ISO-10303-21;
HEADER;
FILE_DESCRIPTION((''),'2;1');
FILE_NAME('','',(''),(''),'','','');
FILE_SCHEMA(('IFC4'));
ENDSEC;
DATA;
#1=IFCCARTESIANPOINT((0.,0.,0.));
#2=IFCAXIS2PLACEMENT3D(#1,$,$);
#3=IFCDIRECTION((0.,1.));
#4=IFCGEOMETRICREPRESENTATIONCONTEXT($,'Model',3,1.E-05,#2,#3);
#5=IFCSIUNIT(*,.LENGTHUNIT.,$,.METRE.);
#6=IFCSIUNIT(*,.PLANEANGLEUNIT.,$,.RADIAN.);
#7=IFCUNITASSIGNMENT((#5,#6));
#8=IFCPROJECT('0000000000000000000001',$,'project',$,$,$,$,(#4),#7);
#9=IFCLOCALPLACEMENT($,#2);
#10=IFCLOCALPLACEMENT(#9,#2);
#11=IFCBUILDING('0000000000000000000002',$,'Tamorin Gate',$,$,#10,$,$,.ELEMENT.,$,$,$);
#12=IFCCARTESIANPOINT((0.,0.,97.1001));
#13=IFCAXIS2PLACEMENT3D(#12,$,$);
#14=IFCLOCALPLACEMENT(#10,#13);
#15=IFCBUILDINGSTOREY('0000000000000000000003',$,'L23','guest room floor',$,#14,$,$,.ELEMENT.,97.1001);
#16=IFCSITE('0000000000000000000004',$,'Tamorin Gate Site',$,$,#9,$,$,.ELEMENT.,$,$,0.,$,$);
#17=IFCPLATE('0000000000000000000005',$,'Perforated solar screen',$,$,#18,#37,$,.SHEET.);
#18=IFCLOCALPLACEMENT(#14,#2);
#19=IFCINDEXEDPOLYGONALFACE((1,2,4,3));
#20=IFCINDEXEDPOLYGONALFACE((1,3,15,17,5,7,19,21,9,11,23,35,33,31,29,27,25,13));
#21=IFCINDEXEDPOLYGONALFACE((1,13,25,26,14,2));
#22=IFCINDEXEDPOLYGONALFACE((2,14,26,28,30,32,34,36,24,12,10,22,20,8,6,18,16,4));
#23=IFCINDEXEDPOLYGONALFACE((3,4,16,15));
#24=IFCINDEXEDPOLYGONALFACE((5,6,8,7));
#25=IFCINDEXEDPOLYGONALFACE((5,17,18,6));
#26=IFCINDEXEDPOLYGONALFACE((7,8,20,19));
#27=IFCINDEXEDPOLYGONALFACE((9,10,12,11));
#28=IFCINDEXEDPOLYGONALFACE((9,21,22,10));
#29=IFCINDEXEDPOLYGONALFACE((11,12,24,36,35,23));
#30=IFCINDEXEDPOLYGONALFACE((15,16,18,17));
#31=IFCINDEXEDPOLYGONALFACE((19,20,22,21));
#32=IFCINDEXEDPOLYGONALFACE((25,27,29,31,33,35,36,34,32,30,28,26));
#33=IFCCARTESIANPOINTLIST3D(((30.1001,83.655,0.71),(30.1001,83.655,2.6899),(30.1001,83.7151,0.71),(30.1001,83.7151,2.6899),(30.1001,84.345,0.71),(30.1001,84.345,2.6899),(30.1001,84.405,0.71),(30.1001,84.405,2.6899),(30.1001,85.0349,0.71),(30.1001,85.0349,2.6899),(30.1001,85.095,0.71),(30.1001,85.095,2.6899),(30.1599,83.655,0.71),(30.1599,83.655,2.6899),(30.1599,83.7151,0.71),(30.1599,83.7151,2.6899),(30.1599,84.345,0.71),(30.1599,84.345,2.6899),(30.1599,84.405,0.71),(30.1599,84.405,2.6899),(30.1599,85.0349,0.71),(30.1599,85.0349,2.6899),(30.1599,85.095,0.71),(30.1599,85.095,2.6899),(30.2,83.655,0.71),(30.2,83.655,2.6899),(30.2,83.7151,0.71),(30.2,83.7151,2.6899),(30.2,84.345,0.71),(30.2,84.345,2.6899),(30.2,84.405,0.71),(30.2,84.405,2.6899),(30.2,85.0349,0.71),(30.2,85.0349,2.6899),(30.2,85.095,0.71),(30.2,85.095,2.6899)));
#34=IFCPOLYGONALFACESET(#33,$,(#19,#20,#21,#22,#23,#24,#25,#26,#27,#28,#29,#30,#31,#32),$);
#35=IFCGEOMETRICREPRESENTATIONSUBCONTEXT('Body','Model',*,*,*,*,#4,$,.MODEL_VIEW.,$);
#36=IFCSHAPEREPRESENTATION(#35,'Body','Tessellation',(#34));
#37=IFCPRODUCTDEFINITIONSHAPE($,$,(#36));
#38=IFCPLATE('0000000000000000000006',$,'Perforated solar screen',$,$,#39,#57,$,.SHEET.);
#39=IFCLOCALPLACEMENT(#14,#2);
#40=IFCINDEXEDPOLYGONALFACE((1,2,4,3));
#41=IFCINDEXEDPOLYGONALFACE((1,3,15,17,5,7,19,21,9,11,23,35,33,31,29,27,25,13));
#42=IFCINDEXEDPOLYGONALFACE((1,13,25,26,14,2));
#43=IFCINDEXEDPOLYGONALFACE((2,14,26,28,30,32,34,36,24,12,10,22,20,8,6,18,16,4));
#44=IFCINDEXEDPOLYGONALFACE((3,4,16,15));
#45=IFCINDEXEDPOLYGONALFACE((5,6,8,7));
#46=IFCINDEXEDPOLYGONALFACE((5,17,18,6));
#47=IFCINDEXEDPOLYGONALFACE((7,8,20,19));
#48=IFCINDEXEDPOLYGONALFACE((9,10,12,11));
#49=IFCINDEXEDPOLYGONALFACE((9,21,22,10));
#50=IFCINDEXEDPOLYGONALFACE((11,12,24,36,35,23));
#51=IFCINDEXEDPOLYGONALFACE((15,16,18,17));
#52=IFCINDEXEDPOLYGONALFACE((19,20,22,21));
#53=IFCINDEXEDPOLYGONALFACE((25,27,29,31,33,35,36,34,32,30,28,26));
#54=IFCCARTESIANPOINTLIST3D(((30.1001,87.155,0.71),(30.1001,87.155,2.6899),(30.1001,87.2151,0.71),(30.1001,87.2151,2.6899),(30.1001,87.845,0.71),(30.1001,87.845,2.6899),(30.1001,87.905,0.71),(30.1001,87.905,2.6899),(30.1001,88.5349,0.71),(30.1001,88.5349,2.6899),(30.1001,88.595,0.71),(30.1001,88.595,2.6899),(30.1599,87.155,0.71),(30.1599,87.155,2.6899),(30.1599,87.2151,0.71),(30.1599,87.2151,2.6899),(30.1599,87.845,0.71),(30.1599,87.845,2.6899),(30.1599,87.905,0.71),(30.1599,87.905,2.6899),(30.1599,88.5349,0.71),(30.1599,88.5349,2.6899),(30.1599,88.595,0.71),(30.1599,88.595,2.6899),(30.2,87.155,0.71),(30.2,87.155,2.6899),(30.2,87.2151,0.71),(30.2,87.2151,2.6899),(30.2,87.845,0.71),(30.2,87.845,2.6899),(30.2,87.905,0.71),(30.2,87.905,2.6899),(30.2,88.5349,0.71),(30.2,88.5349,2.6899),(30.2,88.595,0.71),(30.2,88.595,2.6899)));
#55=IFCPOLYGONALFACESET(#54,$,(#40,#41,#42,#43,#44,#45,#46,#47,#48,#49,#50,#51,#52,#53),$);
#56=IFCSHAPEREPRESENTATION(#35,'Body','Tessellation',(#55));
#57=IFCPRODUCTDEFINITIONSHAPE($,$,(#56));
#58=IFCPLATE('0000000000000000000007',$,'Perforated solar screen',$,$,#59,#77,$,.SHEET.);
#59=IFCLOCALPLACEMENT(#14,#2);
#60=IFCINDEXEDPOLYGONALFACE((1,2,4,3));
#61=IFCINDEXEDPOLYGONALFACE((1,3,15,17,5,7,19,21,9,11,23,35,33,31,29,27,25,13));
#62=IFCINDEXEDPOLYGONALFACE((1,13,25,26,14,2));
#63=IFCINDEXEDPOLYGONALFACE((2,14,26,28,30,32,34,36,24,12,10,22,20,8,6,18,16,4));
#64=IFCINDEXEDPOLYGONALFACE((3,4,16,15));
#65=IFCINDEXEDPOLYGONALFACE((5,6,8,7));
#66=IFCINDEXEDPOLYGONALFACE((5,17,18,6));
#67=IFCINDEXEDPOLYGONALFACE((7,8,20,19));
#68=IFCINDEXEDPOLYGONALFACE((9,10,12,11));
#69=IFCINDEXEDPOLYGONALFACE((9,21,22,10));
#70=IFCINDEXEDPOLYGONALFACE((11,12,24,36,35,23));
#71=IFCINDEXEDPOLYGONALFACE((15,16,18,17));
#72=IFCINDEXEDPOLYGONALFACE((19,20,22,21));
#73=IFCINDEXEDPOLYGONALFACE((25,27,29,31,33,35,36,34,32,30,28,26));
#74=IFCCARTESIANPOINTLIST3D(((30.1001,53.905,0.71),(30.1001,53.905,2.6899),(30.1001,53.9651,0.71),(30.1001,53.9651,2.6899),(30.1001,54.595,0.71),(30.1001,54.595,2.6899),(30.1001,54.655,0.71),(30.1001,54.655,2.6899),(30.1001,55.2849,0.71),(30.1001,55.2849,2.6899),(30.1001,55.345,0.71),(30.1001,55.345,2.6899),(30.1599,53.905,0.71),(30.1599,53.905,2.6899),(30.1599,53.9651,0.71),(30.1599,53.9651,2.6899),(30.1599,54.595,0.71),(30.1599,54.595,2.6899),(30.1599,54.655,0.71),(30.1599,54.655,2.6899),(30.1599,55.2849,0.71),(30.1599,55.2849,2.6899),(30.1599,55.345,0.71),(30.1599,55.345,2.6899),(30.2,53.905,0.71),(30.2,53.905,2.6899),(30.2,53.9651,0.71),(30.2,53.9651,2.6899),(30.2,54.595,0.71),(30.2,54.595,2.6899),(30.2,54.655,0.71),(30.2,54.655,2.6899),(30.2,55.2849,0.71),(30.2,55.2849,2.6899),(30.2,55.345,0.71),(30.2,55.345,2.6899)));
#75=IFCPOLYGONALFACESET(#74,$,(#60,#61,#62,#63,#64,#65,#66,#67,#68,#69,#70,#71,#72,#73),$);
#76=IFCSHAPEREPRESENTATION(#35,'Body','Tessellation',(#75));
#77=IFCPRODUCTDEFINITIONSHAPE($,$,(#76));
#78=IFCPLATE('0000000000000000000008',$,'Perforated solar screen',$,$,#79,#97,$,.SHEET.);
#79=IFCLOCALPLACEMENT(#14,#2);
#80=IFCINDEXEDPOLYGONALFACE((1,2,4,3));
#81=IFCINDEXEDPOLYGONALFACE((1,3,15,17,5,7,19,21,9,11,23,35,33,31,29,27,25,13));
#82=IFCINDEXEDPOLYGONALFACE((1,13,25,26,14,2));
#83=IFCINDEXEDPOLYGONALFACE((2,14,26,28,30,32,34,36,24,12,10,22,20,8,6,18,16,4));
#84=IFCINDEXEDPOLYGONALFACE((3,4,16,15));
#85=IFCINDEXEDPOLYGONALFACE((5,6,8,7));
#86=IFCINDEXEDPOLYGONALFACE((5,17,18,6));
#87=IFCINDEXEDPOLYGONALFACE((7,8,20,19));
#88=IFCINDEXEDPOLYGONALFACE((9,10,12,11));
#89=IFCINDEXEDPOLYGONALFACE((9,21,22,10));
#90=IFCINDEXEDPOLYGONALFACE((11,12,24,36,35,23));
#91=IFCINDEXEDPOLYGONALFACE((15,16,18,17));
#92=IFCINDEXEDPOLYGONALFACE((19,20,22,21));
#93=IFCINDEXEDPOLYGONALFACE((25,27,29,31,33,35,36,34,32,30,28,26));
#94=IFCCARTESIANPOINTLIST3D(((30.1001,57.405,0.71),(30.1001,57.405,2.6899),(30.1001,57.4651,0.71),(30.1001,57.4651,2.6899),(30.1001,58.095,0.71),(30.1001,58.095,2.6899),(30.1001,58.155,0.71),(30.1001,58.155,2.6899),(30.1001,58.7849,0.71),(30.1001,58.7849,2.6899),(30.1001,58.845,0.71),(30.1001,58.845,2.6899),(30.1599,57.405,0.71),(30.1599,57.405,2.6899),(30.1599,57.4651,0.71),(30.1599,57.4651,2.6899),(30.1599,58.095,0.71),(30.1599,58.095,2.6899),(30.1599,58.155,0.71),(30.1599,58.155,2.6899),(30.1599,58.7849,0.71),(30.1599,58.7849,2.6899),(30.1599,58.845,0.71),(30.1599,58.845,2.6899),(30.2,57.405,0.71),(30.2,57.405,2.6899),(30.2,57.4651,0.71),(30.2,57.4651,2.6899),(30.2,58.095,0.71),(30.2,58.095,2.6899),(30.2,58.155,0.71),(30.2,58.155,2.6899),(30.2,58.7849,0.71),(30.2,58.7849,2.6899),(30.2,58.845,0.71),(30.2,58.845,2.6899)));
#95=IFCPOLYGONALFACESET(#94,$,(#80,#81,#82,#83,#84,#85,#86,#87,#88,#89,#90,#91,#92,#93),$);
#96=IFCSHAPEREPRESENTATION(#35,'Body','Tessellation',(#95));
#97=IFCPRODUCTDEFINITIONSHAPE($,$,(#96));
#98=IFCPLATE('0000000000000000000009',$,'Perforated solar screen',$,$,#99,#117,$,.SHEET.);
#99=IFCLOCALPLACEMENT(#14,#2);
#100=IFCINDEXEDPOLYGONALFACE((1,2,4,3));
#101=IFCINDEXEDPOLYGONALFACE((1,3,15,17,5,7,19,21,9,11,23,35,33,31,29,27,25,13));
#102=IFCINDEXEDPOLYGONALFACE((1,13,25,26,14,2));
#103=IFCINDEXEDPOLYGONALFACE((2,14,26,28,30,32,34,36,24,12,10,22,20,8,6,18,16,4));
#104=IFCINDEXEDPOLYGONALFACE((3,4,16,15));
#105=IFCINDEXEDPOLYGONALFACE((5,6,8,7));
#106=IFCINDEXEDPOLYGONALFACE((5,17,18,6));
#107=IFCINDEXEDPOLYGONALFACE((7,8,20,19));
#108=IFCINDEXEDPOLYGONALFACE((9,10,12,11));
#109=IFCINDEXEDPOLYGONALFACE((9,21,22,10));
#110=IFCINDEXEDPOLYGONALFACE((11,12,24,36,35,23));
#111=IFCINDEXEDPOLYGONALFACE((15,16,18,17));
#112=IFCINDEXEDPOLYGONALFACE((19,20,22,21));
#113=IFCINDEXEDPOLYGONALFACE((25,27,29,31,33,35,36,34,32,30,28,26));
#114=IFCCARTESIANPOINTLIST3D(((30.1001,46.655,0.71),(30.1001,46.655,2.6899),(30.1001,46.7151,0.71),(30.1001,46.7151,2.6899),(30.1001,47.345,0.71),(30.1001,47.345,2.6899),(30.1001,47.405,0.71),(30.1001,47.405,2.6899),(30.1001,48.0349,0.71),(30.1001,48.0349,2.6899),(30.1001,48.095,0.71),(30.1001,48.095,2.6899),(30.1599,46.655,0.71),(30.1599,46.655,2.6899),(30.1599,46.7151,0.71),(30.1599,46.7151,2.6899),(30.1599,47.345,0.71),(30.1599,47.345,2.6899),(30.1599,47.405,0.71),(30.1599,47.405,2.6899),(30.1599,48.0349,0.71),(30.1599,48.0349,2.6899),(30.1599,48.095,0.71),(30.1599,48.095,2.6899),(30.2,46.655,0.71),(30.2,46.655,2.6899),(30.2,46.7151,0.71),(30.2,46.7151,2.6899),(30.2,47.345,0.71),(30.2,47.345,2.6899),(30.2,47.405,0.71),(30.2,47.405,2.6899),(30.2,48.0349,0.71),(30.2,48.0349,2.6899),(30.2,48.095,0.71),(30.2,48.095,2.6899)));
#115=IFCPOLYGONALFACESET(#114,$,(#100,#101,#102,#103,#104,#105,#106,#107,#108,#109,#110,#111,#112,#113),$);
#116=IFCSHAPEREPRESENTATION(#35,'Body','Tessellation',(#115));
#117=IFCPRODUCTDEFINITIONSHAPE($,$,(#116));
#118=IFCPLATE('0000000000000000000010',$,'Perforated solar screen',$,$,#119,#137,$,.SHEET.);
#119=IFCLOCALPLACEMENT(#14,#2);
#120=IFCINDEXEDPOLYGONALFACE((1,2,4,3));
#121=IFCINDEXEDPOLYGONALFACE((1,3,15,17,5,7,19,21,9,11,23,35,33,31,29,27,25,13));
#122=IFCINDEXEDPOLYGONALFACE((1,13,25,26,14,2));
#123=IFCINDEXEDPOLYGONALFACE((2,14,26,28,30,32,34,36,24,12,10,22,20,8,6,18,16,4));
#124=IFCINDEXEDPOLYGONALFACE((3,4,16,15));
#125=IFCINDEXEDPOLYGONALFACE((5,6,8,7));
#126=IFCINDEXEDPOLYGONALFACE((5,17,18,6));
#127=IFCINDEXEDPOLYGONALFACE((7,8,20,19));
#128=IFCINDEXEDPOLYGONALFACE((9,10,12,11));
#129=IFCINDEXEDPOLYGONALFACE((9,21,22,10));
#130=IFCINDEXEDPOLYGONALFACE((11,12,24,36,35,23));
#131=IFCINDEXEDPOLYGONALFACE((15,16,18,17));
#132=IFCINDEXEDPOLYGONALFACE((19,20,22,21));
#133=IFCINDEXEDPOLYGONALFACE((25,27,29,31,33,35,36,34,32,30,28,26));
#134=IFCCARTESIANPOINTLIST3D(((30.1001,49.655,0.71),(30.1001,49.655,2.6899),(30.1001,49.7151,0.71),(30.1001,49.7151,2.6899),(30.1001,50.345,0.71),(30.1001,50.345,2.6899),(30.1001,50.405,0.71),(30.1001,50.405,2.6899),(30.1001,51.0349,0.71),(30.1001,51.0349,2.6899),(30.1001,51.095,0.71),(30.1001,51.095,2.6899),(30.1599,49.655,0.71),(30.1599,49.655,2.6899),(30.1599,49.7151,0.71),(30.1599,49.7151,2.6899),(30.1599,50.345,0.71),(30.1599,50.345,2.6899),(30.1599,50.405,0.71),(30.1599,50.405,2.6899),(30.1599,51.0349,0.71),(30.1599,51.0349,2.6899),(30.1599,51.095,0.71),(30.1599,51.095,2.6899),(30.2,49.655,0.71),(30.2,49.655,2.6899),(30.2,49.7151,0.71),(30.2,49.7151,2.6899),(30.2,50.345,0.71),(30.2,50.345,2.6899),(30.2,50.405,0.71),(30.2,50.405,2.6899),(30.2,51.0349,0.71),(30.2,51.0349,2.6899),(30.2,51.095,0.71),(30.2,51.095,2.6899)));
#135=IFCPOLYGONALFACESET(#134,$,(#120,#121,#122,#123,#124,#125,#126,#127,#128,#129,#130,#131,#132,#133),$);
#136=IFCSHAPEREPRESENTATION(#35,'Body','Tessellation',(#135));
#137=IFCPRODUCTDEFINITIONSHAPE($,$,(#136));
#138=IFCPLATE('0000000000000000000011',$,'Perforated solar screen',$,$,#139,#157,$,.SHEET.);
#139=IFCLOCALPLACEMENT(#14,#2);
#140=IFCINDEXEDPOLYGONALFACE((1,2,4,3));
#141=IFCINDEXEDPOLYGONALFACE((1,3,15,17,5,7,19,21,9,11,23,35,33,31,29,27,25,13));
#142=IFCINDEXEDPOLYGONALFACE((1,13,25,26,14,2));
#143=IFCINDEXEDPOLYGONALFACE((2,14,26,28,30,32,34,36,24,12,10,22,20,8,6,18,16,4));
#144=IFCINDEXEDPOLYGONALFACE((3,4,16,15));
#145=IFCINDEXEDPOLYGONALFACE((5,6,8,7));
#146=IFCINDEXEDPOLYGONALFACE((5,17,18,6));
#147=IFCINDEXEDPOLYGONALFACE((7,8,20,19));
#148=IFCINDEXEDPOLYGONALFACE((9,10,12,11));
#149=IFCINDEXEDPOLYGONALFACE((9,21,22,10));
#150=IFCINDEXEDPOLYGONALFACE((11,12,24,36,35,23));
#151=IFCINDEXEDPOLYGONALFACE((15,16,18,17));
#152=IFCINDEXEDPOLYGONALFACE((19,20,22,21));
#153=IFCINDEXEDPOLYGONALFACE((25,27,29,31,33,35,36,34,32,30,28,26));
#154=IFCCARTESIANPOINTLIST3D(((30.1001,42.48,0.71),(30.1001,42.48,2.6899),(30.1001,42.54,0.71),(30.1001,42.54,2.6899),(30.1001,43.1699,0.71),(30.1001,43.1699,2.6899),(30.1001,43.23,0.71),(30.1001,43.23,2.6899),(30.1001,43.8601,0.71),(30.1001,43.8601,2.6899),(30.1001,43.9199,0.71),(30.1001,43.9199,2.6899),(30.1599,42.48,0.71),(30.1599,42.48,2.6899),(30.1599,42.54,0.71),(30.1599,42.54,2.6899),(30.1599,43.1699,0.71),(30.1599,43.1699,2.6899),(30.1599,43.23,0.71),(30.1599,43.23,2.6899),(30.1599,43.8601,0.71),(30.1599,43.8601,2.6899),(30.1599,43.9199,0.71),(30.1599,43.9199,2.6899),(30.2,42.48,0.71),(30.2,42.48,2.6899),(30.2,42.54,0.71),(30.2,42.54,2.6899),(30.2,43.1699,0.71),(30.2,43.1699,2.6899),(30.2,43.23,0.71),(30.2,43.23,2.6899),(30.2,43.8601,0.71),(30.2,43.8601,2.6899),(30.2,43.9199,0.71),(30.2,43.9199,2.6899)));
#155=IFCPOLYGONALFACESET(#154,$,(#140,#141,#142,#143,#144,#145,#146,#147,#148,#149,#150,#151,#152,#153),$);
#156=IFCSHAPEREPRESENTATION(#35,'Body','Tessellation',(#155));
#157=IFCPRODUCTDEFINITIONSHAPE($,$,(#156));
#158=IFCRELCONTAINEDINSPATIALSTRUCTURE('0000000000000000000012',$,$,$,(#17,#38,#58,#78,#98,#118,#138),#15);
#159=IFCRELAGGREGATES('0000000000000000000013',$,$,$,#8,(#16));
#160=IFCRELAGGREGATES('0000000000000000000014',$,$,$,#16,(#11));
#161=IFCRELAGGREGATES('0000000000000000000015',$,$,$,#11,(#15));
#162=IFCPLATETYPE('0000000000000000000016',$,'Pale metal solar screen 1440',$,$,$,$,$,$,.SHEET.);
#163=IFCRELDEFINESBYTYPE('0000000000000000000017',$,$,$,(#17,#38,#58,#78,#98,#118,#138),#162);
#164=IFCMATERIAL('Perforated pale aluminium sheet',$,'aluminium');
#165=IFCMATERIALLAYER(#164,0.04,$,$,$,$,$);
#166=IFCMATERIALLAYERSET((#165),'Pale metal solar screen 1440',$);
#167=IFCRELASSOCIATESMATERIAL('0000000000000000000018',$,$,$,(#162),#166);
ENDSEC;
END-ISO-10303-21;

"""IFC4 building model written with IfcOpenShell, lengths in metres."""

from ifc_helpers import new_model, si_unit, direction, frame, origin, place, context, subcontext, project, spatial, polyline, outline, extrude, material, layer, layer_set, type_object, element, save


model = new_model("IFC4")

# Units and contexts
model_context = context("Model", 3, precision=1e-05, world=origin(), true_north=direction((0.0, 1.0)))
body_context = subcontext(model_context, "Body", "Model", "MODEL_VIEW")
ifc_project = project(units=[si_unit("LENGTHUNIT", "METRE"), si_unit("PLANEANGLEUNIT", "RADIAN")], contexts=[model_context])

# Site, building, storey
site_placement = place(None, origin())
site = spatial("IfcSite", under=ifc_project, at=site_placement, Name="Tamorin Gate Site", CompositionType="ELEMENT", RefElevation=0.0)
building_placement = place(site_placement, origin())
building = spatial("IfcBuilding", under=site, at=building_placement, Name="Tamorin Gate", CompositionType="ELEMENT")
storey_placement = place(building_placement, frame((0.0, 0.0, 97.1001)))
storey = spatial("IfcBuildingStorey", under=building, at=storey_placement, Name="L23", Description="guest room floor", CompositionType="ELEMENT", Elevation=97.1001)

# Plates
ifc_material_1 = material(Name="Perforated pale aluminium sheet", Category="aluminium")
ifc_layer_1 = layer(ifc_material_1, 0.04)
ifc_layer_set_1 = layer_set([ifc_layer_1], Name="Pale metal solar screen 1440")
plate_type = type_object("IfcPlateType", Name="Pale metal solar screen 1440", PredefinedType="SHEET", material=ifc_layer_set_1)
plate_1_placement = place(storey_placement, frame((0.0, 0.0, 0.71)))
element("IfcPlate", 1, at=plate_1_placement, inside=storey, type_object=plate_type, Name="Perforated solar screen", PredefinedType="SHEET", context=body_context, shape_type="SweptSolid", body=[
    extrude(outline(polyline([(30.1599, 85.095), (30.2, 85.095), (30.2, 85.0349), (30.2, 84.405), (30.2, 84.345), (30.2, 83.7151), (30.2, 83.655), (30.1599, 83.655), (30.1001, 83.655), (30.1001, 83.7151), (30.1599, 83.7151), (30.1599, 84.345), (30.1001, 84.345), (30.1001, 84.405), (30.1599, 84.405), (30.1599, 85.0349), (30.1001, 85.0349), (30.1001, 85.095), (30.1599, 85.095)])), origin(), (0.0, 0.0, 1.0), 1.98),
])
plate_2_placement = place(storey_placement, frame((0.0, 0.0, 0.71)))
element("IfcPlate", 2, at=plate_2_placement, inside=storey, type_object=plate_type, Name="Perforated solar screen", PredefinedType="SHEET", context=body_context, shape_type="SweptSolid", body=[
    extrude(outline(polyline([(30.1599, 88.595), (30.2, 88.595), (30.2, 88.5349), (30.2, 87.905), (30.2, 87.845), (30.2, 87.2151), (30.2, 87.155), (30.1599, 87.155), (30.1001, 87.155), (30.1001, 87.2151), (30.1599, 87.2151), (30.1599, 87.845), (30.1001, 87.845), (30.1001, 87.905), (30.1599, 87.905), (30.1599, 88.5349), (30.1001, 88.5349), (30.1001, 88.595), (30.1599, 88.595)])), origin(), (0.0, 0.0, 1.0), 1.98),
])
plate_3_placement = place(storey_placement, frame((0.0, 0.0, 0.71)))
element("IfcPlate", 3, at=plate_3_placement, inside=storey, type_object=plate_type, Name="Perforated solar screen", PredefinedType="SHEET", context=body_context, shape_type="SweptSolid", body=[
    extrude(outline(polyline([(30.1599, 55.345), (30.2, 55.345), (30.2, 55.2849), (30.2, 54.655), (30.2, 54.595), (30.2, 53.9651), (30.2, 53.905), (30.1599, 53.905), (30.1001, 53.905), (30.1001, 53.9651), (30.1599, 53.9651), (30.1599, 54.595), (30.1001, 54.595), (30.1001, 54.655), (30.1599, 54.655), (30.1599, 55.2849), (30.1001, 55.2849), (30.1001, 55.345), (30.1599, 55.345)])), origin(), (0.0, 0.0, 1.0), 1.98),
])
plate_4_placement = place(storey_placement, frame((0.0, 0.0, 0.71)))
element("IfcPlate", 4, at=plate_4_placement, inside=storey, type_object=plate_type, Name="Perforated solar screen", PredefinedType="SHEET", context=body_context, shape_type="SweptSolid", body=[
    extrude(outline(polyline([(30.1599, 58.845), (30.2, 58.845), (30.2, 58.7849), (30.2, 58.155), (30.2, 58.095), (30.2, 57.4651), (30.2, 57.405), (30.1599, 57.405), (30.1001, 57.405), (30.1001, 57.4651), (30.1599, 57.4651), (30.1599, 58.095), (30.1001, 58.095), (30.1001, 58.155), (30.1599, 58.155), (30.1599, 58.7849), (30.1001, 58.7849), (30.1001, 58.845), (30.1599, 58.845)])), origin(), (0.0, 0.0, 1.0), 1.98),
])
plate_5_placement = place(storey_placement, frame((0.0, 0.0, 0.71)))
element("IfcPlate", 5, at=plate_5_placement, inside=storey, type_object=plate_type, Name="Perforated solar screen", PredefinedType="SHEET", context=body_context, shape_type="SweptSolid", body=[
    extrude(outline(polyline([(30.1599, 48.095), (30.2, 48.095), (30.2, 48.0349), (30.2, 47.405), (30.2, 47.345), (30.2, 46.7151), (30.2, 46.655), (30.1599, 46.655), (30.1001, 46.655), (30.1001, 46.7151), (30.1599, 46.7151), (30.1599, 47.345), (30.1001, 47.345), (30.1001, 47.405), (30.1599, 47.405), (30.1599, 48.0349), (30.1001, 48.0349), (30.1001, 48.095), (30.1599, 48.095)])), origin(), (0.0, 0.0, 1.0), 1.98),
])
plate_6_placement = place(storey_placement, frame((0.0, 0.0, 0.71)))
element("IfcPlate", 6, at=plate_6_placement, inside=storey, type_object=plate_type, Name="Perforated solar screen", PredefinedType="SHEET", context=body_context, shape_type="SweptSolid", body=[
    extrude(outline(polyline([(30.1599, 51.095), (30.2, 51.095), (30.2, 51.0349), (30.2, 50.405), (30.2, 50.345), (30.2, 49.7151), (30.2, 49.655), (30.1599, 49.655), (30.1001, 49.655), (30.1001, 49.7151), (30.1599, 49.7151), (30.1599, 50.345), (30.1001, 50.345), (30.1001, 50.405), (30.1599, 50.405), (30.1599, 51.0349), (30.1001, 51.0349), (30.1001, 51.095), (30.1599, 51.095)])), origin(), (0.0, 0.0, 1.0), 1.98),
])
plate_7_placement = place(storey_placement, frame((0.0, 0.0, 0.71)))
element("IfcPlate", 7, at=plate_7_placement, inside=storey, type_object=plate_type, Name="Perforated solar screen", PredefinedType="SHEET", context=body_context, shape_type="SweptSolid", body=[
    extrude(outline(polyline([(30.1599, 43.9199), (30.2, 43.9199), (30.2, 43.8601), (30.2, 43.23), (30.2, 43.1699), (30.2, 42.54), (30.2, 42.48), (30.1599, 42.48), (30.1001, 42.48), (30.1001, 42.54), (30.1599, 42.54), (30.1599, 43.1699), (30.1001, 43.1699), (30.1001, 43.23), (30.1599, 43.23), (30.1599, 43.8601), (30.1001, 43.8601), (30.1001, 43.9199), (30.1599, 43.9199)])), origin(), (0.0, 0.0, 1.0), 1.98),
])

save(model, "model.ifc")
